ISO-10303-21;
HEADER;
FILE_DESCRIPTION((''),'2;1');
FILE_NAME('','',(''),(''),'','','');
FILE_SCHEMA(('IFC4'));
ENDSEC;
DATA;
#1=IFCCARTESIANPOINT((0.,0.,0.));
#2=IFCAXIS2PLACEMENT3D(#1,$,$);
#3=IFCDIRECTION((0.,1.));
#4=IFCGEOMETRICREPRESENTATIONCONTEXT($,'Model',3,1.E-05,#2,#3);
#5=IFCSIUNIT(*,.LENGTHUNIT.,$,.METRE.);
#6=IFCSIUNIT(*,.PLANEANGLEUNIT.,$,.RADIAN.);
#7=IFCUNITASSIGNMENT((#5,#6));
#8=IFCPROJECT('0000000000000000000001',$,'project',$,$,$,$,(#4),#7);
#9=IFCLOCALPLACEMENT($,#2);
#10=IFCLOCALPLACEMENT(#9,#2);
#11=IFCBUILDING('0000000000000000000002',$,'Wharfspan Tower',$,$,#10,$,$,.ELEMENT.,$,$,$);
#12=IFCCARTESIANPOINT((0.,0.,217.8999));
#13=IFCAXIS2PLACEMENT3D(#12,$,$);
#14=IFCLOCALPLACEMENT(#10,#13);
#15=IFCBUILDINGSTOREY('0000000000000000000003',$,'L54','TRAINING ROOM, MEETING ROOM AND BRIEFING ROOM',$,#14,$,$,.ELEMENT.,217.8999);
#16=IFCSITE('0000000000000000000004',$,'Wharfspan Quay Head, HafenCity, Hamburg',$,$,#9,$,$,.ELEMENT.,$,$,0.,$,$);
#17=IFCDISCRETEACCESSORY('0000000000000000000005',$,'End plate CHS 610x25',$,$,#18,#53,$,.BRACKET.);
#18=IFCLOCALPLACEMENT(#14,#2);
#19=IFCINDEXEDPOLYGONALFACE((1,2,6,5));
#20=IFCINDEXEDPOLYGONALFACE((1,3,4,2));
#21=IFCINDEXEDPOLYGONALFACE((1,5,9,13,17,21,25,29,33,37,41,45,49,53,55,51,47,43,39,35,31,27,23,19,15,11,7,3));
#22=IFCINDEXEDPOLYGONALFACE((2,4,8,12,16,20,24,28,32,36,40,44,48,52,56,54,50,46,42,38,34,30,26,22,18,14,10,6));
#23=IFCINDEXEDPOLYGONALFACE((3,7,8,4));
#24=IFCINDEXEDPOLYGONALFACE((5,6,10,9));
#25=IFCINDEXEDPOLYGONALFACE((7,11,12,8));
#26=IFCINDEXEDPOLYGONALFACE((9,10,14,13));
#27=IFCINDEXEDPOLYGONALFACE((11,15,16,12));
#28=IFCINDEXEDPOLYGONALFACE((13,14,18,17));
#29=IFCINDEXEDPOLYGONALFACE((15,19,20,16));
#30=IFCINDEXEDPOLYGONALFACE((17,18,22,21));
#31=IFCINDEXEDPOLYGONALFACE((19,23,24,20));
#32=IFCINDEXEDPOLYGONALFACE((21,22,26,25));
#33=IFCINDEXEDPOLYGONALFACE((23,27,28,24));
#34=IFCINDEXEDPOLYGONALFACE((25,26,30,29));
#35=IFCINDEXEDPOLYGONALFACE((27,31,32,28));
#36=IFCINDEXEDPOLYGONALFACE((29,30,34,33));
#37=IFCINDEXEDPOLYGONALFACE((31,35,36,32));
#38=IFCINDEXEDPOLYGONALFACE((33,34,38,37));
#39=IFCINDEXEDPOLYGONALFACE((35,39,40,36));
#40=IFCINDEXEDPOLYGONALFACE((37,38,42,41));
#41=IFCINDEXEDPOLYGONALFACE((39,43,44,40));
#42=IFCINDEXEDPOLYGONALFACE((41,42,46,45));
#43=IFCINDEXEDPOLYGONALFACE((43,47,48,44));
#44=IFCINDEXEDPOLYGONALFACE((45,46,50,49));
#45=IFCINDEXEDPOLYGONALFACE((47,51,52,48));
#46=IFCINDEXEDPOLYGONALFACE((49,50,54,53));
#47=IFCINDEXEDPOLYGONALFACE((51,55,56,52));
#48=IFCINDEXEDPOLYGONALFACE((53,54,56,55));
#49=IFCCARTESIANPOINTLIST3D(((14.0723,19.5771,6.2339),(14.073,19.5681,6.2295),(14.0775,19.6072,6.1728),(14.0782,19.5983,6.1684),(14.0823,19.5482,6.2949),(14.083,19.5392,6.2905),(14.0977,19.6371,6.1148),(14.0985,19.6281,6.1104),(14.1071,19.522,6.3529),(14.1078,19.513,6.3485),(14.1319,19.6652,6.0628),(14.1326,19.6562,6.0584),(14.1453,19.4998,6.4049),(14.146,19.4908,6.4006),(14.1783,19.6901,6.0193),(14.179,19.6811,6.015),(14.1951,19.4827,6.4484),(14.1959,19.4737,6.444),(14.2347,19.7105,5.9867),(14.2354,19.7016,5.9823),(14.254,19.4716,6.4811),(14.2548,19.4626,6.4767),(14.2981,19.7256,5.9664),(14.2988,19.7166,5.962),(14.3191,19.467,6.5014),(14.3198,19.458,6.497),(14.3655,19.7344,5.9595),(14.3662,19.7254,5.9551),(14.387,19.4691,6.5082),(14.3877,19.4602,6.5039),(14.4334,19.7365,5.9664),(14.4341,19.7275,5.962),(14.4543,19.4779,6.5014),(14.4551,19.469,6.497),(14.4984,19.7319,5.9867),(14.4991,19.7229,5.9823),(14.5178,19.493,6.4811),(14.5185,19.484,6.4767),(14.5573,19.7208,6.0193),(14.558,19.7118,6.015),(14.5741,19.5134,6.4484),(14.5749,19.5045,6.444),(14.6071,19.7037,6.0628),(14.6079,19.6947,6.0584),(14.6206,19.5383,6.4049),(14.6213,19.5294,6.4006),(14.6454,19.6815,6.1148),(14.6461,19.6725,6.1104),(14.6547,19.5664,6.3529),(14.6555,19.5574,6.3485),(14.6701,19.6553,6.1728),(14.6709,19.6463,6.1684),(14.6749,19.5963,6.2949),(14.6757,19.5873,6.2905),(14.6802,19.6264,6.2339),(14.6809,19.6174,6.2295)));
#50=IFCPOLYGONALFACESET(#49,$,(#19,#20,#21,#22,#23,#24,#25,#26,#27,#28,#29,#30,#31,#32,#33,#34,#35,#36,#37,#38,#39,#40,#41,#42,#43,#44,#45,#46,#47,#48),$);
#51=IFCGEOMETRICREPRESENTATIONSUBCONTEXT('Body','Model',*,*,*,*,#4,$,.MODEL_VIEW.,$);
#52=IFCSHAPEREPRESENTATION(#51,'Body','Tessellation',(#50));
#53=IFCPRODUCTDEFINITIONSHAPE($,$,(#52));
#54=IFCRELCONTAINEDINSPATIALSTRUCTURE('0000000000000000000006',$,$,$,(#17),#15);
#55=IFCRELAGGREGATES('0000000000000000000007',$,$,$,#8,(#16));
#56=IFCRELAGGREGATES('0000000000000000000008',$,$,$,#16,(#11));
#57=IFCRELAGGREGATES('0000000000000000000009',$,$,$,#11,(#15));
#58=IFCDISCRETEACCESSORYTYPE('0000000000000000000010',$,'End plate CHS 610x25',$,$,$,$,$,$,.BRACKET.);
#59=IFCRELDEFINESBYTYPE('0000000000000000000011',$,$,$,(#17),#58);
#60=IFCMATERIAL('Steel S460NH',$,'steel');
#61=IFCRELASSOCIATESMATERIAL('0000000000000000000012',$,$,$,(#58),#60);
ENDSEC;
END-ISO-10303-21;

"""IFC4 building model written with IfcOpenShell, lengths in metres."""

from ifc_helpers import new_model, si_unit, direction, frame, origin, origin_2d, place, context, subcontext, project, spatial, circle, extrude, material, material_profile, profile_set, type_object, element, save


model = new_model("IFC4")

# Units and contexts
model_context = context("Model", 3, precision=1e-05, world=origin(), true_north=direction((0.0, 1.0)))
body_context = subcontext(model_context, "Body", "Model", "MODEL_VIEW")
ifc_project = project(units=[si_unit("LENGTHUNIT", "METRE"), si_unit("PLANEANGLEUNIT", "RADIAN")], contexts=[model_context])

# Site, building, storey
site_placement = place(None, origin())
site = spatial("IfcSite", under=ifc_project, at=site_placement, Name="Wharfspan Quay Head, HafenCity, Hamburg", CompositionType="ELEMENT", RefElevation=0.0)
building_placement = place(site_placement, origin())
building = spatial("IfcBuilding", under=site, at=building_placement, Name="Wharfspan Tower", CompositionType="ELEMENT")
storey_placement = place(building_placement, frame((0.0, 0.0, 217.8999)))
storey = spatial("IfcBuildingStorey", under=building, at=storey_placement, Name="L54", Description="TRAINING ROOM, MEETING ROOM AND BRIEFING ROOM", CompositionType="ELEMENT", Elevation=217.8999)

# Shared definitions
ifc_material_1 = material(Name="Steel S460NH", Category="steel")

# Discrete accessory
ifc_material_profile_1 = material_profile(ifc_material_1, circle(Radius=0.3049, at=origin_2d()))
ifc_profile_set_1 = profile_set([ifc_material_profile_1], Name="Steel S460NH")
discrete_accessory_type = type_object("IfcDiscreteAccessoryType", Name="End plate CHS 610x25", PredefinedType="BRACKET", material=ifc_profile_set_1)
for number, where, z_axis, x_axis, name in (
    (1, (14.377, 19.5928, 6.2295), (-0.072718, 0.896854, 0.436308), (-0.996729, -0.080815, -0.000002), "End plate CHS 610x25"),
):
    element("IfcDiscreteAccessory", number, at=place(storey_placement, frame(where, z_axis=z_axis, x_axis=x_axis)), inside=storey, type_object=discrete_accessory_type, Name=name, PredefinedType="BRACKET", context=body_context, shape_type="SweptSolid", body=[
        extrude(circle(Radius=0.3049, at=origin_2d()), origin(), (0.0, 0.0, 1.0), 0.01),
    ])

save(model, "model.ifc")
